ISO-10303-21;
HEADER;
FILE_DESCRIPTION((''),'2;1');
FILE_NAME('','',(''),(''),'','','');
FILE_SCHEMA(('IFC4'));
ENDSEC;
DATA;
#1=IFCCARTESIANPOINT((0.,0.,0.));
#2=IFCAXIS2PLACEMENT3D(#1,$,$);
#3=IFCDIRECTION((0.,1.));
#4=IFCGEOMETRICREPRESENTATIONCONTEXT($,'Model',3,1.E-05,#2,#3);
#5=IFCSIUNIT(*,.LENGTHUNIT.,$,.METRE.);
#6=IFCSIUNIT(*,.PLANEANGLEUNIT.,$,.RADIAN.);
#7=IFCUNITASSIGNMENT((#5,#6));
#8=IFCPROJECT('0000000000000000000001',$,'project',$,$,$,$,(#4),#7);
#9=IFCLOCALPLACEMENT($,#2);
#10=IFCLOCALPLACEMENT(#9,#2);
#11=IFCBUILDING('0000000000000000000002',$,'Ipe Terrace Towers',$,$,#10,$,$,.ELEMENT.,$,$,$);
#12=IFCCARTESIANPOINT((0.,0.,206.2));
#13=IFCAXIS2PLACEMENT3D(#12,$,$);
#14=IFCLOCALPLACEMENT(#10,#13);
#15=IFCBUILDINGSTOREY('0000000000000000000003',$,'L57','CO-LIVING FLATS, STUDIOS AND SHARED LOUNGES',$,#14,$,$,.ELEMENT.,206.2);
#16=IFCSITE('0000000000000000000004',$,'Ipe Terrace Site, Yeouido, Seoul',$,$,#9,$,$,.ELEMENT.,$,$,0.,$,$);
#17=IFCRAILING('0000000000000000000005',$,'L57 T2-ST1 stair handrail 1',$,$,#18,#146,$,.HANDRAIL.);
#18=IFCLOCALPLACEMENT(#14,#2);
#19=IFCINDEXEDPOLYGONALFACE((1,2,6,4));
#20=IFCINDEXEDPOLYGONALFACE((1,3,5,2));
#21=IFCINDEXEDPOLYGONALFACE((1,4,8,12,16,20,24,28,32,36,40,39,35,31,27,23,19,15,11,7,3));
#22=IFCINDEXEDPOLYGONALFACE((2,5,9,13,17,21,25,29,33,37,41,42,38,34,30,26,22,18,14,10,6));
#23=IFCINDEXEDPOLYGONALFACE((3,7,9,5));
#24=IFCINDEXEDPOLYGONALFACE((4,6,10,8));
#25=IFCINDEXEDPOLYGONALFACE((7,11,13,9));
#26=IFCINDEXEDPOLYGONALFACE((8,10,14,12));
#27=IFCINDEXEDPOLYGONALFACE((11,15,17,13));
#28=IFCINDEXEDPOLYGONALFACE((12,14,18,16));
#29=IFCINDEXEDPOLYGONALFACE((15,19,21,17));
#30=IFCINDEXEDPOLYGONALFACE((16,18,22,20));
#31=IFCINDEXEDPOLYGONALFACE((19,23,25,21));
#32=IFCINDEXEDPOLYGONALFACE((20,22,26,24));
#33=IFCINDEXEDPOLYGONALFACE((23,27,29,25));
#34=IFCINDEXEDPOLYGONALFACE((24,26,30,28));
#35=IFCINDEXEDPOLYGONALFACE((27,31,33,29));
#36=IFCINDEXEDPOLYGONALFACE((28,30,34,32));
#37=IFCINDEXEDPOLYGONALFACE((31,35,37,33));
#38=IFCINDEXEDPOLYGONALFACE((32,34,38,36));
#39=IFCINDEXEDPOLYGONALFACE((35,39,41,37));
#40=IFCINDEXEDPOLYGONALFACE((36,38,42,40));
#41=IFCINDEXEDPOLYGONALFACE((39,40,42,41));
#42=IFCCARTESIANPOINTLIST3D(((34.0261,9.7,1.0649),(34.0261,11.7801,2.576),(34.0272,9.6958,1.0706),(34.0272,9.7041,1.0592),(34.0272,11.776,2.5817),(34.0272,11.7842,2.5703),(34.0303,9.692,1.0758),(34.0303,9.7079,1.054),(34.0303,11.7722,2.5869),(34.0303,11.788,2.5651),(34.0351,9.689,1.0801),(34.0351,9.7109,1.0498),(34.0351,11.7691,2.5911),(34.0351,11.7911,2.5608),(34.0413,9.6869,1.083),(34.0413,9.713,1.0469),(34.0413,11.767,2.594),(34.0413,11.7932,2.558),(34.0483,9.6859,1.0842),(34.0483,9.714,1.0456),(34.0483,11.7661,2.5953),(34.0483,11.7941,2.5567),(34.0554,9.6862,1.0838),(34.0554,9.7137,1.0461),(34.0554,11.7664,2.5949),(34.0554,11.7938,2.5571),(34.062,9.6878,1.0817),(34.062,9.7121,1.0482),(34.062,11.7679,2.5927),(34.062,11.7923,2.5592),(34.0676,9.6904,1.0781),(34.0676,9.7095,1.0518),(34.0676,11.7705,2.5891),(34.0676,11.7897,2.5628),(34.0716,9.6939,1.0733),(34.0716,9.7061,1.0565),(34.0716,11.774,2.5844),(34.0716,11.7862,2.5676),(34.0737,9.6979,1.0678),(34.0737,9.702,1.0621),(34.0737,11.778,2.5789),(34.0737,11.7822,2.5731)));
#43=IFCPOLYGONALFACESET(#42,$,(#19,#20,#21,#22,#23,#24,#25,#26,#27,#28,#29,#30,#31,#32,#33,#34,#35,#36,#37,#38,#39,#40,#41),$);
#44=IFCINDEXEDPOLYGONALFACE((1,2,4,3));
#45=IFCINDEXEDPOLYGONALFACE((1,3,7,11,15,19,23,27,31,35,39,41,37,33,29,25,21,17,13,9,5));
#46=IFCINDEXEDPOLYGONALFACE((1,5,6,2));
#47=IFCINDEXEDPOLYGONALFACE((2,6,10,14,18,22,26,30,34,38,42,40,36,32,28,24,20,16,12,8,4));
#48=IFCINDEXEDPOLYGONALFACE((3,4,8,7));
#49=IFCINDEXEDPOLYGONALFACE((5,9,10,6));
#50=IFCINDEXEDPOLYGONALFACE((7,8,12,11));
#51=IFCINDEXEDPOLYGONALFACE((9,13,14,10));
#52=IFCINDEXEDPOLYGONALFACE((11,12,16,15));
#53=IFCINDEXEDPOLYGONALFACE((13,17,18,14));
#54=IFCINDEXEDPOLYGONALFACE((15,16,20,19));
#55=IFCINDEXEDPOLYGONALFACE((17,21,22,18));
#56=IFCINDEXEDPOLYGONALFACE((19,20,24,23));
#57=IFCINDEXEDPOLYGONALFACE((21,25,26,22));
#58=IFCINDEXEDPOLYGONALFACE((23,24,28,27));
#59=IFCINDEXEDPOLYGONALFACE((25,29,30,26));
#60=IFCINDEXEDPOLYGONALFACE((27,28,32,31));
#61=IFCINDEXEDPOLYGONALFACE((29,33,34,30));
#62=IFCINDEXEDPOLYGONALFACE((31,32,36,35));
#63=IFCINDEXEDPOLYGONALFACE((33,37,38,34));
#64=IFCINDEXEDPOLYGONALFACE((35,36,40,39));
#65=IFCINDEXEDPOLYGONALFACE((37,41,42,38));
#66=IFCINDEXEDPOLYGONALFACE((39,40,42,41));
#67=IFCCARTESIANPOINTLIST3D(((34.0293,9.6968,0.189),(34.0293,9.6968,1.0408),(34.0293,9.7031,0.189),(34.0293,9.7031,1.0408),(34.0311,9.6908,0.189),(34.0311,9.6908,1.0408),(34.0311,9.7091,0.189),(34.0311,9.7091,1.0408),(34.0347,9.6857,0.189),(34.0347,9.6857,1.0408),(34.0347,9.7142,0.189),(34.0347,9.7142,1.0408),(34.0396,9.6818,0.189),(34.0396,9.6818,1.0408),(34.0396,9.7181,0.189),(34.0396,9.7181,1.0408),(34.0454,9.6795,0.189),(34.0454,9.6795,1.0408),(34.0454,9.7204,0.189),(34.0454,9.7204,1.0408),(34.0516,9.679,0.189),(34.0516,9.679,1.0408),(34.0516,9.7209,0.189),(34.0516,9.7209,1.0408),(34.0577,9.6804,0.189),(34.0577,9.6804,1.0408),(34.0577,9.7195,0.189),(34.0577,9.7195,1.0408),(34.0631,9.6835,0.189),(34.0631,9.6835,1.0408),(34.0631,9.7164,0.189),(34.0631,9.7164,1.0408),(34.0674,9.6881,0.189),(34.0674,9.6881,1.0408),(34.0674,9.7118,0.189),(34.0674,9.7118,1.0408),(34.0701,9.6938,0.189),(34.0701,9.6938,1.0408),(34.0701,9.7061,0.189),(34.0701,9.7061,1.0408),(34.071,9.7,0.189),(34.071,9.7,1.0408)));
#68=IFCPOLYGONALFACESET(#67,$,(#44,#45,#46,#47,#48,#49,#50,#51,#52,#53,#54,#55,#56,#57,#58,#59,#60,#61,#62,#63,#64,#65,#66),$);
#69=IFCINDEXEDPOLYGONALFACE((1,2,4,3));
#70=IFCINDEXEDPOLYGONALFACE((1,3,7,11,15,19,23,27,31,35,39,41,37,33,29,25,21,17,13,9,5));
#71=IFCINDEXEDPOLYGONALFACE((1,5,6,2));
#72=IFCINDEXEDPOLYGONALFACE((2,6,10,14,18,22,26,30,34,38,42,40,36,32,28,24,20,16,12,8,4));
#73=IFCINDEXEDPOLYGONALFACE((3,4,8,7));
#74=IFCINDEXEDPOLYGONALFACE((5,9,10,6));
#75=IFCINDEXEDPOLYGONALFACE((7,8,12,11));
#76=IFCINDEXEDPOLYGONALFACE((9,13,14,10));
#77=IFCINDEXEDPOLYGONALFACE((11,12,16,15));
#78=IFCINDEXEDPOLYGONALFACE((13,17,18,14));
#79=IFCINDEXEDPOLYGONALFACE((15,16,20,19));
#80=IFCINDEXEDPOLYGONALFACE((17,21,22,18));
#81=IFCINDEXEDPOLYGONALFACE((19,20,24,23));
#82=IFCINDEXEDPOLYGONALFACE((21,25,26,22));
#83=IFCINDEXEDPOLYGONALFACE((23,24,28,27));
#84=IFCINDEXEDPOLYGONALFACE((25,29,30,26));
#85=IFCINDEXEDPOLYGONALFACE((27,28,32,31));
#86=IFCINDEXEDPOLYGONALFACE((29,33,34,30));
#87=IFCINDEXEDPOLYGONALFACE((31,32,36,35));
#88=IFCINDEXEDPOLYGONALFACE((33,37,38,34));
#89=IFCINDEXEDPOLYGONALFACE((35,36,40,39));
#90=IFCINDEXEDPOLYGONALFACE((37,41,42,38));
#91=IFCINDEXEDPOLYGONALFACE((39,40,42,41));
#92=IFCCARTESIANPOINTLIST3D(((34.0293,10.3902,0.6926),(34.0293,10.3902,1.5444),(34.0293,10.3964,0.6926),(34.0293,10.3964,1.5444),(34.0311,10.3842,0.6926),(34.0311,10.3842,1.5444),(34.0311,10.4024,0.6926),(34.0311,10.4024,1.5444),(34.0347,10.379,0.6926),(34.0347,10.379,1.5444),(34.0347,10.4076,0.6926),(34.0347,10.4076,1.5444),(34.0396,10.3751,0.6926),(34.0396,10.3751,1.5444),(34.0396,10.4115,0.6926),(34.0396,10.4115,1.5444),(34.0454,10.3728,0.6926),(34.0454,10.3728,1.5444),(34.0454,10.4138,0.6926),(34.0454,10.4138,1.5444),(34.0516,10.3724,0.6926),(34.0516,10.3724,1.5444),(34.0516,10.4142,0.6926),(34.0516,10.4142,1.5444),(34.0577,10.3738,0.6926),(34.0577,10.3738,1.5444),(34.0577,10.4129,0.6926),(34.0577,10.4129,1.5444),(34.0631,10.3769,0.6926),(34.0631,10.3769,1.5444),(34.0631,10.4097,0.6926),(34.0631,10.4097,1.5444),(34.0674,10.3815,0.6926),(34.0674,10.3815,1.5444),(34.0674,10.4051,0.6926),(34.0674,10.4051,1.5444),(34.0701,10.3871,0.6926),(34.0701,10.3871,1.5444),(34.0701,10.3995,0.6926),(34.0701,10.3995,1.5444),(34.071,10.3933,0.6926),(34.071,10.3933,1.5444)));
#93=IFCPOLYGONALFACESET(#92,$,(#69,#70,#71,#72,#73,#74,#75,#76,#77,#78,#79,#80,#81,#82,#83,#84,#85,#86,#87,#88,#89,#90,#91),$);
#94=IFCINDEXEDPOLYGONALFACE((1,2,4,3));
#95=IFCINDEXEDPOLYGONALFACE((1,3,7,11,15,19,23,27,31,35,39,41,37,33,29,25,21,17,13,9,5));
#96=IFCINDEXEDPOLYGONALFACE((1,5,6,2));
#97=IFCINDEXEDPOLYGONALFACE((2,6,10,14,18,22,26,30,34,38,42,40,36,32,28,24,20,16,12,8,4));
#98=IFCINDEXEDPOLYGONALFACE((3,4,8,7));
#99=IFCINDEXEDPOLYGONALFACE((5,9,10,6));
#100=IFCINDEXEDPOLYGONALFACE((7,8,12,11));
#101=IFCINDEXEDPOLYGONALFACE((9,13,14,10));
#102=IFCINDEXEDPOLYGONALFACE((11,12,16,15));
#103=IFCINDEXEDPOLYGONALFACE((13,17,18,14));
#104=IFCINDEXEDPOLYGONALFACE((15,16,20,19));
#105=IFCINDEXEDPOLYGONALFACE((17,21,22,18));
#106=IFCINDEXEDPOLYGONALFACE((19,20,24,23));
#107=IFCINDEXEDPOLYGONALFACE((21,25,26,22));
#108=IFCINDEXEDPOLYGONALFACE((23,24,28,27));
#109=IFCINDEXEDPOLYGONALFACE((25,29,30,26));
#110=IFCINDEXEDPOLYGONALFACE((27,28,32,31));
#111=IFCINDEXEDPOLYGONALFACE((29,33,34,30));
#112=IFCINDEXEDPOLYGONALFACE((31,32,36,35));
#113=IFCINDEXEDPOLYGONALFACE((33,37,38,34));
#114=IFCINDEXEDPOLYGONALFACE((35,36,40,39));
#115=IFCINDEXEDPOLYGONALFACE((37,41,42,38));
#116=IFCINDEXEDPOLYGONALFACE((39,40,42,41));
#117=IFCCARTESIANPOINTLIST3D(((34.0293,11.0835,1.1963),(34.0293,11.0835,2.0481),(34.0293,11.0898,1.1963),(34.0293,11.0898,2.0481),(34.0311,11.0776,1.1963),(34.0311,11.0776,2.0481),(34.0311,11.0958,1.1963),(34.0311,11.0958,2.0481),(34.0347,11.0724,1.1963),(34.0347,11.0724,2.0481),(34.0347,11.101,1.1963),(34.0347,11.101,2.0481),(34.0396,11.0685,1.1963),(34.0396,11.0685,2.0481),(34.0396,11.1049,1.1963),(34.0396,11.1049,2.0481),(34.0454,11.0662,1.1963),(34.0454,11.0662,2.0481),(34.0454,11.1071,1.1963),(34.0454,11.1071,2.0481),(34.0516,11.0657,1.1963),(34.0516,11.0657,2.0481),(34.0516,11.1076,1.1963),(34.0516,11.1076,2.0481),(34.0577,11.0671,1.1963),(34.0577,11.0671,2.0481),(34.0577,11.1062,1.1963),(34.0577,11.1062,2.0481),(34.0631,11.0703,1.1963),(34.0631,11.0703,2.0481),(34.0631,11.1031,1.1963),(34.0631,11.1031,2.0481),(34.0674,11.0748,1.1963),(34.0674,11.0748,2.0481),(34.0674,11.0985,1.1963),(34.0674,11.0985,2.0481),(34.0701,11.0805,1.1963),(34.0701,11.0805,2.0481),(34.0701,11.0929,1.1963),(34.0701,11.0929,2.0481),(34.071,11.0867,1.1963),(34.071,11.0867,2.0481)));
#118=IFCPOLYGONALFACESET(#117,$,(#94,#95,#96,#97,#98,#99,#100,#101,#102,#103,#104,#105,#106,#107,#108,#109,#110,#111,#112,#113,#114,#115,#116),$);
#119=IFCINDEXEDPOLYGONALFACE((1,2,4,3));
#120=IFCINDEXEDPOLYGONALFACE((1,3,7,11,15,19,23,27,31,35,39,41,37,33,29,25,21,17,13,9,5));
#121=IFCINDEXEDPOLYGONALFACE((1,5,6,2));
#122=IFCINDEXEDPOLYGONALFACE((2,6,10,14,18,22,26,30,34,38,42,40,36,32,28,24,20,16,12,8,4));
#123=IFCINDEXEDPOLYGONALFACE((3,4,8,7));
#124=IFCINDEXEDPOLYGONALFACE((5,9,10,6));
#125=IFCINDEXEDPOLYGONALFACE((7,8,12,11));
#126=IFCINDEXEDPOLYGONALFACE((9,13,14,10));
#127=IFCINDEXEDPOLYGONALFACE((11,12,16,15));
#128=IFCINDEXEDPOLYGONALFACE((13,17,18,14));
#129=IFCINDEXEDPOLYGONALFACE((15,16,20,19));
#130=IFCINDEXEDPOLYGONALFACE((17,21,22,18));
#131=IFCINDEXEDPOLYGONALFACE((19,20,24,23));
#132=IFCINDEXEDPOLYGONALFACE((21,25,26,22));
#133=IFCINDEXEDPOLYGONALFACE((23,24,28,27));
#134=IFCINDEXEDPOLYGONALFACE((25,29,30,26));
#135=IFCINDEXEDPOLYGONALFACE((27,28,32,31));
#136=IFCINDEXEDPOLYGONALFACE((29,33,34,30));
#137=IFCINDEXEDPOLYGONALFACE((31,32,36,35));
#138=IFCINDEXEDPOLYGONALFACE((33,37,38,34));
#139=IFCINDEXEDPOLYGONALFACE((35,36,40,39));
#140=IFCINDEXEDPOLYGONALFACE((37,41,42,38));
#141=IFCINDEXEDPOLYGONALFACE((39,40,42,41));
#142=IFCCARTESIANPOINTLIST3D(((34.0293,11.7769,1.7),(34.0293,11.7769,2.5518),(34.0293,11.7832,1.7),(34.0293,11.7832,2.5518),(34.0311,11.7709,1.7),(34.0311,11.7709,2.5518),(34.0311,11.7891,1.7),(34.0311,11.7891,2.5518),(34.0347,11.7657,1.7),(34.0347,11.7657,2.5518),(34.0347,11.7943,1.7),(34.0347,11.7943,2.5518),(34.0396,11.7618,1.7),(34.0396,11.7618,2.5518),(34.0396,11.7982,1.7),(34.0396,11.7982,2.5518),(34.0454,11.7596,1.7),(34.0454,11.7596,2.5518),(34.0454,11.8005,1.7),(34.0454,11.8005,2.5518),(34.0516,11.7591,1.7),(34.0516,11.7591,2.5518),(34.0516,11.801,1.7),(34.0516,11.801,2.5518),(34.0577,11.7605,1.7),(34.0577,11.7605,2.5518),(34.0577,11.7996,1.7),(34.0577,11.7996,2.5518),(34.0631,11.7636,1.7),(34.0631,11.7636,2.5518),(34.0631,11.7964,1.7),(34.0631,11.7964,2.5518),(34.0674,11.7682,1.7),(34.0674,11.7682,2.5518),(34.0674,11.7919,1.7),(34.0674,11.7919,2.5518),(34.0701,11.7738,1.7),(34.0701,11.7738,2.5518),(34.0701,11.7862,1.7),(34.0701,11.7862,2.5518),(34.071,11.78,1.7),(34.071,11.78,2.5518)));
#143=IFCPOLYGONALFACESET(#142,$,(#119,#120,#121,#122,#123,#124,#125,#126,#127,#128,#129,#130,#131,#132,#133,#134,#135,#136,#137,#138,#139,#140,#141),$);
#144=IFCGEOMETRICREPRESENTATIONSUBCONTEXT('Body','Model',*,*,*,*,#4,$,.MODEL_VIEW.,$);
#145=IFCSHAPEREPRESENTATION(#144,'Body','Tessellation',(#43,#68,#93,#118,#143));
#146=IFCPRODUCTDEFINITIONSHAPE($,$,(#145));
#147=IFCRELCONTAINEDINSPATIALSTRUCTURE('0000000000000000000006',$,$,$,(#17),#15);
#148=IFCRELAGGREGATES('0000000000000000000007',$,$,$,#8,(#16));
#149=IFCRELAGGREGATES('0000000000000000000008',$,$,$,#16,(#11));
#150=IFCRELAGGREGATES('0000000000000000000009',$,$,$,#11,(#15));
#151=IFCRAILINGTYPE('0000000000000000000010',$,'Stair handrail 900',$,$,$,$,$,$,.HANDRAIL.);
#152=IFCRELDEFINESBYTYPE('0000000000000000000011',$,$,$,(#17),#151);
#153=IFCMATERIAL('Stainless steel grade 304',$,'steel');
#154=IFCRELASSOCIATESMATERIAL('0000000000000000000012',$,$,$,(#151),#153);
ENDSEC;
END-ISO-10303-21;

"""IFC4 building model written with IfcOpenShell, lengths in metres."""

from ifc_helpers import new_model, si_unit, direction, frame, origin, origin_2d, place, context, subcontext, project, spatial, circle, extrude, material, type_object, element, save


model = new_model("IFC4")

# Units and contexts
model_context = context("Model", 3, precision=1e-05, world=origin(), true_north=direction((0.0, 1.0)))
body_context = subcontext(model_context, "Body", "Model", "MODEL_VIEW")
ifc_project = project(units=[si_unit("LENGTHUNIT", "METRE"), si_unit("PLANEANGLEUNIT", "RADIAN")], contexts=[model_context])

# Site, building, storey
site_placement = place(None, origin())
site = spatial("IfcSite", under=ifc_project, at=site_placement, Name="Ipe Terrace Site, Yeouido, Seoul", CompositionType="ELEMENT", RefElevation=0.0)
building_placement = place(site_placement, origin())
building = spatial("IfcBuilding", under=site, at=building_placement, Name="Ipe Terrace Towers", CompositionType="ELEMENT")
storey_placement = place(building_placement, frame((0.0, 0.0, 206.2)))
storey = spatial("IfcBuildingStorey", under=building, at=storey_placement, Name="L57", Description="CO-LIVING FLATS, STUDIOS AND SHARED LOUNGES", CompositionType="ELEMENT", Elevation=206.2)

# Railing
ifc_material_1 = material(Name="Stainless steel grade 304", Category="steel")
railing_type_1 = type_object("IfcRailingType", Name="Stair handrail 900", PredefinedType="HANDRAIL", material=ifc_material_1)
railing_1_placement = place(storey_placement, frame((34.05, 9.7, 0.189)))
element("IfcRailing", 1, at=railing_1_placement, inside=storey, type_object=railing_type_1, Name="L57 T2-ST1 stair handrail 1", PredefinedType="HANDRAIL", context=body_context, shape_type="SweptSolid", body=[
    extrude(circle(Radius=0.0239, at=origin_2d()), frame((0.0, 0.0, 0.876), z_axis=(0.0, 0.809069, 0.587714), x_axis=(-1.0, 0.0, 0.0)), (0.0, 0.0, 1.0), 2.571),
    extrude(circle(Radius=0.021, at=origin_2d()), origin(), (0.0, 0.0, 1.0), 0.8518),
    extrude(circle(Radius=0.021, at=origin_2d()), frame((0.0, 0.6934, 0.5037)), (0.0, 0.0, 1.0), 0.8518),
    extrude(circle(Radius=0.021, at=origin_2d()), frame((0.0, 1.3867, 1.0073)), (0.0, 0.0, 1.0), 0.8518),
    extrude(circle(Radius=0.021, at=origin_2d()), frame((0.0, 2.0801, 1.511)), (0.0, 0.0, 1.0), 0.8518),
])

save(model, "model.ifc")
